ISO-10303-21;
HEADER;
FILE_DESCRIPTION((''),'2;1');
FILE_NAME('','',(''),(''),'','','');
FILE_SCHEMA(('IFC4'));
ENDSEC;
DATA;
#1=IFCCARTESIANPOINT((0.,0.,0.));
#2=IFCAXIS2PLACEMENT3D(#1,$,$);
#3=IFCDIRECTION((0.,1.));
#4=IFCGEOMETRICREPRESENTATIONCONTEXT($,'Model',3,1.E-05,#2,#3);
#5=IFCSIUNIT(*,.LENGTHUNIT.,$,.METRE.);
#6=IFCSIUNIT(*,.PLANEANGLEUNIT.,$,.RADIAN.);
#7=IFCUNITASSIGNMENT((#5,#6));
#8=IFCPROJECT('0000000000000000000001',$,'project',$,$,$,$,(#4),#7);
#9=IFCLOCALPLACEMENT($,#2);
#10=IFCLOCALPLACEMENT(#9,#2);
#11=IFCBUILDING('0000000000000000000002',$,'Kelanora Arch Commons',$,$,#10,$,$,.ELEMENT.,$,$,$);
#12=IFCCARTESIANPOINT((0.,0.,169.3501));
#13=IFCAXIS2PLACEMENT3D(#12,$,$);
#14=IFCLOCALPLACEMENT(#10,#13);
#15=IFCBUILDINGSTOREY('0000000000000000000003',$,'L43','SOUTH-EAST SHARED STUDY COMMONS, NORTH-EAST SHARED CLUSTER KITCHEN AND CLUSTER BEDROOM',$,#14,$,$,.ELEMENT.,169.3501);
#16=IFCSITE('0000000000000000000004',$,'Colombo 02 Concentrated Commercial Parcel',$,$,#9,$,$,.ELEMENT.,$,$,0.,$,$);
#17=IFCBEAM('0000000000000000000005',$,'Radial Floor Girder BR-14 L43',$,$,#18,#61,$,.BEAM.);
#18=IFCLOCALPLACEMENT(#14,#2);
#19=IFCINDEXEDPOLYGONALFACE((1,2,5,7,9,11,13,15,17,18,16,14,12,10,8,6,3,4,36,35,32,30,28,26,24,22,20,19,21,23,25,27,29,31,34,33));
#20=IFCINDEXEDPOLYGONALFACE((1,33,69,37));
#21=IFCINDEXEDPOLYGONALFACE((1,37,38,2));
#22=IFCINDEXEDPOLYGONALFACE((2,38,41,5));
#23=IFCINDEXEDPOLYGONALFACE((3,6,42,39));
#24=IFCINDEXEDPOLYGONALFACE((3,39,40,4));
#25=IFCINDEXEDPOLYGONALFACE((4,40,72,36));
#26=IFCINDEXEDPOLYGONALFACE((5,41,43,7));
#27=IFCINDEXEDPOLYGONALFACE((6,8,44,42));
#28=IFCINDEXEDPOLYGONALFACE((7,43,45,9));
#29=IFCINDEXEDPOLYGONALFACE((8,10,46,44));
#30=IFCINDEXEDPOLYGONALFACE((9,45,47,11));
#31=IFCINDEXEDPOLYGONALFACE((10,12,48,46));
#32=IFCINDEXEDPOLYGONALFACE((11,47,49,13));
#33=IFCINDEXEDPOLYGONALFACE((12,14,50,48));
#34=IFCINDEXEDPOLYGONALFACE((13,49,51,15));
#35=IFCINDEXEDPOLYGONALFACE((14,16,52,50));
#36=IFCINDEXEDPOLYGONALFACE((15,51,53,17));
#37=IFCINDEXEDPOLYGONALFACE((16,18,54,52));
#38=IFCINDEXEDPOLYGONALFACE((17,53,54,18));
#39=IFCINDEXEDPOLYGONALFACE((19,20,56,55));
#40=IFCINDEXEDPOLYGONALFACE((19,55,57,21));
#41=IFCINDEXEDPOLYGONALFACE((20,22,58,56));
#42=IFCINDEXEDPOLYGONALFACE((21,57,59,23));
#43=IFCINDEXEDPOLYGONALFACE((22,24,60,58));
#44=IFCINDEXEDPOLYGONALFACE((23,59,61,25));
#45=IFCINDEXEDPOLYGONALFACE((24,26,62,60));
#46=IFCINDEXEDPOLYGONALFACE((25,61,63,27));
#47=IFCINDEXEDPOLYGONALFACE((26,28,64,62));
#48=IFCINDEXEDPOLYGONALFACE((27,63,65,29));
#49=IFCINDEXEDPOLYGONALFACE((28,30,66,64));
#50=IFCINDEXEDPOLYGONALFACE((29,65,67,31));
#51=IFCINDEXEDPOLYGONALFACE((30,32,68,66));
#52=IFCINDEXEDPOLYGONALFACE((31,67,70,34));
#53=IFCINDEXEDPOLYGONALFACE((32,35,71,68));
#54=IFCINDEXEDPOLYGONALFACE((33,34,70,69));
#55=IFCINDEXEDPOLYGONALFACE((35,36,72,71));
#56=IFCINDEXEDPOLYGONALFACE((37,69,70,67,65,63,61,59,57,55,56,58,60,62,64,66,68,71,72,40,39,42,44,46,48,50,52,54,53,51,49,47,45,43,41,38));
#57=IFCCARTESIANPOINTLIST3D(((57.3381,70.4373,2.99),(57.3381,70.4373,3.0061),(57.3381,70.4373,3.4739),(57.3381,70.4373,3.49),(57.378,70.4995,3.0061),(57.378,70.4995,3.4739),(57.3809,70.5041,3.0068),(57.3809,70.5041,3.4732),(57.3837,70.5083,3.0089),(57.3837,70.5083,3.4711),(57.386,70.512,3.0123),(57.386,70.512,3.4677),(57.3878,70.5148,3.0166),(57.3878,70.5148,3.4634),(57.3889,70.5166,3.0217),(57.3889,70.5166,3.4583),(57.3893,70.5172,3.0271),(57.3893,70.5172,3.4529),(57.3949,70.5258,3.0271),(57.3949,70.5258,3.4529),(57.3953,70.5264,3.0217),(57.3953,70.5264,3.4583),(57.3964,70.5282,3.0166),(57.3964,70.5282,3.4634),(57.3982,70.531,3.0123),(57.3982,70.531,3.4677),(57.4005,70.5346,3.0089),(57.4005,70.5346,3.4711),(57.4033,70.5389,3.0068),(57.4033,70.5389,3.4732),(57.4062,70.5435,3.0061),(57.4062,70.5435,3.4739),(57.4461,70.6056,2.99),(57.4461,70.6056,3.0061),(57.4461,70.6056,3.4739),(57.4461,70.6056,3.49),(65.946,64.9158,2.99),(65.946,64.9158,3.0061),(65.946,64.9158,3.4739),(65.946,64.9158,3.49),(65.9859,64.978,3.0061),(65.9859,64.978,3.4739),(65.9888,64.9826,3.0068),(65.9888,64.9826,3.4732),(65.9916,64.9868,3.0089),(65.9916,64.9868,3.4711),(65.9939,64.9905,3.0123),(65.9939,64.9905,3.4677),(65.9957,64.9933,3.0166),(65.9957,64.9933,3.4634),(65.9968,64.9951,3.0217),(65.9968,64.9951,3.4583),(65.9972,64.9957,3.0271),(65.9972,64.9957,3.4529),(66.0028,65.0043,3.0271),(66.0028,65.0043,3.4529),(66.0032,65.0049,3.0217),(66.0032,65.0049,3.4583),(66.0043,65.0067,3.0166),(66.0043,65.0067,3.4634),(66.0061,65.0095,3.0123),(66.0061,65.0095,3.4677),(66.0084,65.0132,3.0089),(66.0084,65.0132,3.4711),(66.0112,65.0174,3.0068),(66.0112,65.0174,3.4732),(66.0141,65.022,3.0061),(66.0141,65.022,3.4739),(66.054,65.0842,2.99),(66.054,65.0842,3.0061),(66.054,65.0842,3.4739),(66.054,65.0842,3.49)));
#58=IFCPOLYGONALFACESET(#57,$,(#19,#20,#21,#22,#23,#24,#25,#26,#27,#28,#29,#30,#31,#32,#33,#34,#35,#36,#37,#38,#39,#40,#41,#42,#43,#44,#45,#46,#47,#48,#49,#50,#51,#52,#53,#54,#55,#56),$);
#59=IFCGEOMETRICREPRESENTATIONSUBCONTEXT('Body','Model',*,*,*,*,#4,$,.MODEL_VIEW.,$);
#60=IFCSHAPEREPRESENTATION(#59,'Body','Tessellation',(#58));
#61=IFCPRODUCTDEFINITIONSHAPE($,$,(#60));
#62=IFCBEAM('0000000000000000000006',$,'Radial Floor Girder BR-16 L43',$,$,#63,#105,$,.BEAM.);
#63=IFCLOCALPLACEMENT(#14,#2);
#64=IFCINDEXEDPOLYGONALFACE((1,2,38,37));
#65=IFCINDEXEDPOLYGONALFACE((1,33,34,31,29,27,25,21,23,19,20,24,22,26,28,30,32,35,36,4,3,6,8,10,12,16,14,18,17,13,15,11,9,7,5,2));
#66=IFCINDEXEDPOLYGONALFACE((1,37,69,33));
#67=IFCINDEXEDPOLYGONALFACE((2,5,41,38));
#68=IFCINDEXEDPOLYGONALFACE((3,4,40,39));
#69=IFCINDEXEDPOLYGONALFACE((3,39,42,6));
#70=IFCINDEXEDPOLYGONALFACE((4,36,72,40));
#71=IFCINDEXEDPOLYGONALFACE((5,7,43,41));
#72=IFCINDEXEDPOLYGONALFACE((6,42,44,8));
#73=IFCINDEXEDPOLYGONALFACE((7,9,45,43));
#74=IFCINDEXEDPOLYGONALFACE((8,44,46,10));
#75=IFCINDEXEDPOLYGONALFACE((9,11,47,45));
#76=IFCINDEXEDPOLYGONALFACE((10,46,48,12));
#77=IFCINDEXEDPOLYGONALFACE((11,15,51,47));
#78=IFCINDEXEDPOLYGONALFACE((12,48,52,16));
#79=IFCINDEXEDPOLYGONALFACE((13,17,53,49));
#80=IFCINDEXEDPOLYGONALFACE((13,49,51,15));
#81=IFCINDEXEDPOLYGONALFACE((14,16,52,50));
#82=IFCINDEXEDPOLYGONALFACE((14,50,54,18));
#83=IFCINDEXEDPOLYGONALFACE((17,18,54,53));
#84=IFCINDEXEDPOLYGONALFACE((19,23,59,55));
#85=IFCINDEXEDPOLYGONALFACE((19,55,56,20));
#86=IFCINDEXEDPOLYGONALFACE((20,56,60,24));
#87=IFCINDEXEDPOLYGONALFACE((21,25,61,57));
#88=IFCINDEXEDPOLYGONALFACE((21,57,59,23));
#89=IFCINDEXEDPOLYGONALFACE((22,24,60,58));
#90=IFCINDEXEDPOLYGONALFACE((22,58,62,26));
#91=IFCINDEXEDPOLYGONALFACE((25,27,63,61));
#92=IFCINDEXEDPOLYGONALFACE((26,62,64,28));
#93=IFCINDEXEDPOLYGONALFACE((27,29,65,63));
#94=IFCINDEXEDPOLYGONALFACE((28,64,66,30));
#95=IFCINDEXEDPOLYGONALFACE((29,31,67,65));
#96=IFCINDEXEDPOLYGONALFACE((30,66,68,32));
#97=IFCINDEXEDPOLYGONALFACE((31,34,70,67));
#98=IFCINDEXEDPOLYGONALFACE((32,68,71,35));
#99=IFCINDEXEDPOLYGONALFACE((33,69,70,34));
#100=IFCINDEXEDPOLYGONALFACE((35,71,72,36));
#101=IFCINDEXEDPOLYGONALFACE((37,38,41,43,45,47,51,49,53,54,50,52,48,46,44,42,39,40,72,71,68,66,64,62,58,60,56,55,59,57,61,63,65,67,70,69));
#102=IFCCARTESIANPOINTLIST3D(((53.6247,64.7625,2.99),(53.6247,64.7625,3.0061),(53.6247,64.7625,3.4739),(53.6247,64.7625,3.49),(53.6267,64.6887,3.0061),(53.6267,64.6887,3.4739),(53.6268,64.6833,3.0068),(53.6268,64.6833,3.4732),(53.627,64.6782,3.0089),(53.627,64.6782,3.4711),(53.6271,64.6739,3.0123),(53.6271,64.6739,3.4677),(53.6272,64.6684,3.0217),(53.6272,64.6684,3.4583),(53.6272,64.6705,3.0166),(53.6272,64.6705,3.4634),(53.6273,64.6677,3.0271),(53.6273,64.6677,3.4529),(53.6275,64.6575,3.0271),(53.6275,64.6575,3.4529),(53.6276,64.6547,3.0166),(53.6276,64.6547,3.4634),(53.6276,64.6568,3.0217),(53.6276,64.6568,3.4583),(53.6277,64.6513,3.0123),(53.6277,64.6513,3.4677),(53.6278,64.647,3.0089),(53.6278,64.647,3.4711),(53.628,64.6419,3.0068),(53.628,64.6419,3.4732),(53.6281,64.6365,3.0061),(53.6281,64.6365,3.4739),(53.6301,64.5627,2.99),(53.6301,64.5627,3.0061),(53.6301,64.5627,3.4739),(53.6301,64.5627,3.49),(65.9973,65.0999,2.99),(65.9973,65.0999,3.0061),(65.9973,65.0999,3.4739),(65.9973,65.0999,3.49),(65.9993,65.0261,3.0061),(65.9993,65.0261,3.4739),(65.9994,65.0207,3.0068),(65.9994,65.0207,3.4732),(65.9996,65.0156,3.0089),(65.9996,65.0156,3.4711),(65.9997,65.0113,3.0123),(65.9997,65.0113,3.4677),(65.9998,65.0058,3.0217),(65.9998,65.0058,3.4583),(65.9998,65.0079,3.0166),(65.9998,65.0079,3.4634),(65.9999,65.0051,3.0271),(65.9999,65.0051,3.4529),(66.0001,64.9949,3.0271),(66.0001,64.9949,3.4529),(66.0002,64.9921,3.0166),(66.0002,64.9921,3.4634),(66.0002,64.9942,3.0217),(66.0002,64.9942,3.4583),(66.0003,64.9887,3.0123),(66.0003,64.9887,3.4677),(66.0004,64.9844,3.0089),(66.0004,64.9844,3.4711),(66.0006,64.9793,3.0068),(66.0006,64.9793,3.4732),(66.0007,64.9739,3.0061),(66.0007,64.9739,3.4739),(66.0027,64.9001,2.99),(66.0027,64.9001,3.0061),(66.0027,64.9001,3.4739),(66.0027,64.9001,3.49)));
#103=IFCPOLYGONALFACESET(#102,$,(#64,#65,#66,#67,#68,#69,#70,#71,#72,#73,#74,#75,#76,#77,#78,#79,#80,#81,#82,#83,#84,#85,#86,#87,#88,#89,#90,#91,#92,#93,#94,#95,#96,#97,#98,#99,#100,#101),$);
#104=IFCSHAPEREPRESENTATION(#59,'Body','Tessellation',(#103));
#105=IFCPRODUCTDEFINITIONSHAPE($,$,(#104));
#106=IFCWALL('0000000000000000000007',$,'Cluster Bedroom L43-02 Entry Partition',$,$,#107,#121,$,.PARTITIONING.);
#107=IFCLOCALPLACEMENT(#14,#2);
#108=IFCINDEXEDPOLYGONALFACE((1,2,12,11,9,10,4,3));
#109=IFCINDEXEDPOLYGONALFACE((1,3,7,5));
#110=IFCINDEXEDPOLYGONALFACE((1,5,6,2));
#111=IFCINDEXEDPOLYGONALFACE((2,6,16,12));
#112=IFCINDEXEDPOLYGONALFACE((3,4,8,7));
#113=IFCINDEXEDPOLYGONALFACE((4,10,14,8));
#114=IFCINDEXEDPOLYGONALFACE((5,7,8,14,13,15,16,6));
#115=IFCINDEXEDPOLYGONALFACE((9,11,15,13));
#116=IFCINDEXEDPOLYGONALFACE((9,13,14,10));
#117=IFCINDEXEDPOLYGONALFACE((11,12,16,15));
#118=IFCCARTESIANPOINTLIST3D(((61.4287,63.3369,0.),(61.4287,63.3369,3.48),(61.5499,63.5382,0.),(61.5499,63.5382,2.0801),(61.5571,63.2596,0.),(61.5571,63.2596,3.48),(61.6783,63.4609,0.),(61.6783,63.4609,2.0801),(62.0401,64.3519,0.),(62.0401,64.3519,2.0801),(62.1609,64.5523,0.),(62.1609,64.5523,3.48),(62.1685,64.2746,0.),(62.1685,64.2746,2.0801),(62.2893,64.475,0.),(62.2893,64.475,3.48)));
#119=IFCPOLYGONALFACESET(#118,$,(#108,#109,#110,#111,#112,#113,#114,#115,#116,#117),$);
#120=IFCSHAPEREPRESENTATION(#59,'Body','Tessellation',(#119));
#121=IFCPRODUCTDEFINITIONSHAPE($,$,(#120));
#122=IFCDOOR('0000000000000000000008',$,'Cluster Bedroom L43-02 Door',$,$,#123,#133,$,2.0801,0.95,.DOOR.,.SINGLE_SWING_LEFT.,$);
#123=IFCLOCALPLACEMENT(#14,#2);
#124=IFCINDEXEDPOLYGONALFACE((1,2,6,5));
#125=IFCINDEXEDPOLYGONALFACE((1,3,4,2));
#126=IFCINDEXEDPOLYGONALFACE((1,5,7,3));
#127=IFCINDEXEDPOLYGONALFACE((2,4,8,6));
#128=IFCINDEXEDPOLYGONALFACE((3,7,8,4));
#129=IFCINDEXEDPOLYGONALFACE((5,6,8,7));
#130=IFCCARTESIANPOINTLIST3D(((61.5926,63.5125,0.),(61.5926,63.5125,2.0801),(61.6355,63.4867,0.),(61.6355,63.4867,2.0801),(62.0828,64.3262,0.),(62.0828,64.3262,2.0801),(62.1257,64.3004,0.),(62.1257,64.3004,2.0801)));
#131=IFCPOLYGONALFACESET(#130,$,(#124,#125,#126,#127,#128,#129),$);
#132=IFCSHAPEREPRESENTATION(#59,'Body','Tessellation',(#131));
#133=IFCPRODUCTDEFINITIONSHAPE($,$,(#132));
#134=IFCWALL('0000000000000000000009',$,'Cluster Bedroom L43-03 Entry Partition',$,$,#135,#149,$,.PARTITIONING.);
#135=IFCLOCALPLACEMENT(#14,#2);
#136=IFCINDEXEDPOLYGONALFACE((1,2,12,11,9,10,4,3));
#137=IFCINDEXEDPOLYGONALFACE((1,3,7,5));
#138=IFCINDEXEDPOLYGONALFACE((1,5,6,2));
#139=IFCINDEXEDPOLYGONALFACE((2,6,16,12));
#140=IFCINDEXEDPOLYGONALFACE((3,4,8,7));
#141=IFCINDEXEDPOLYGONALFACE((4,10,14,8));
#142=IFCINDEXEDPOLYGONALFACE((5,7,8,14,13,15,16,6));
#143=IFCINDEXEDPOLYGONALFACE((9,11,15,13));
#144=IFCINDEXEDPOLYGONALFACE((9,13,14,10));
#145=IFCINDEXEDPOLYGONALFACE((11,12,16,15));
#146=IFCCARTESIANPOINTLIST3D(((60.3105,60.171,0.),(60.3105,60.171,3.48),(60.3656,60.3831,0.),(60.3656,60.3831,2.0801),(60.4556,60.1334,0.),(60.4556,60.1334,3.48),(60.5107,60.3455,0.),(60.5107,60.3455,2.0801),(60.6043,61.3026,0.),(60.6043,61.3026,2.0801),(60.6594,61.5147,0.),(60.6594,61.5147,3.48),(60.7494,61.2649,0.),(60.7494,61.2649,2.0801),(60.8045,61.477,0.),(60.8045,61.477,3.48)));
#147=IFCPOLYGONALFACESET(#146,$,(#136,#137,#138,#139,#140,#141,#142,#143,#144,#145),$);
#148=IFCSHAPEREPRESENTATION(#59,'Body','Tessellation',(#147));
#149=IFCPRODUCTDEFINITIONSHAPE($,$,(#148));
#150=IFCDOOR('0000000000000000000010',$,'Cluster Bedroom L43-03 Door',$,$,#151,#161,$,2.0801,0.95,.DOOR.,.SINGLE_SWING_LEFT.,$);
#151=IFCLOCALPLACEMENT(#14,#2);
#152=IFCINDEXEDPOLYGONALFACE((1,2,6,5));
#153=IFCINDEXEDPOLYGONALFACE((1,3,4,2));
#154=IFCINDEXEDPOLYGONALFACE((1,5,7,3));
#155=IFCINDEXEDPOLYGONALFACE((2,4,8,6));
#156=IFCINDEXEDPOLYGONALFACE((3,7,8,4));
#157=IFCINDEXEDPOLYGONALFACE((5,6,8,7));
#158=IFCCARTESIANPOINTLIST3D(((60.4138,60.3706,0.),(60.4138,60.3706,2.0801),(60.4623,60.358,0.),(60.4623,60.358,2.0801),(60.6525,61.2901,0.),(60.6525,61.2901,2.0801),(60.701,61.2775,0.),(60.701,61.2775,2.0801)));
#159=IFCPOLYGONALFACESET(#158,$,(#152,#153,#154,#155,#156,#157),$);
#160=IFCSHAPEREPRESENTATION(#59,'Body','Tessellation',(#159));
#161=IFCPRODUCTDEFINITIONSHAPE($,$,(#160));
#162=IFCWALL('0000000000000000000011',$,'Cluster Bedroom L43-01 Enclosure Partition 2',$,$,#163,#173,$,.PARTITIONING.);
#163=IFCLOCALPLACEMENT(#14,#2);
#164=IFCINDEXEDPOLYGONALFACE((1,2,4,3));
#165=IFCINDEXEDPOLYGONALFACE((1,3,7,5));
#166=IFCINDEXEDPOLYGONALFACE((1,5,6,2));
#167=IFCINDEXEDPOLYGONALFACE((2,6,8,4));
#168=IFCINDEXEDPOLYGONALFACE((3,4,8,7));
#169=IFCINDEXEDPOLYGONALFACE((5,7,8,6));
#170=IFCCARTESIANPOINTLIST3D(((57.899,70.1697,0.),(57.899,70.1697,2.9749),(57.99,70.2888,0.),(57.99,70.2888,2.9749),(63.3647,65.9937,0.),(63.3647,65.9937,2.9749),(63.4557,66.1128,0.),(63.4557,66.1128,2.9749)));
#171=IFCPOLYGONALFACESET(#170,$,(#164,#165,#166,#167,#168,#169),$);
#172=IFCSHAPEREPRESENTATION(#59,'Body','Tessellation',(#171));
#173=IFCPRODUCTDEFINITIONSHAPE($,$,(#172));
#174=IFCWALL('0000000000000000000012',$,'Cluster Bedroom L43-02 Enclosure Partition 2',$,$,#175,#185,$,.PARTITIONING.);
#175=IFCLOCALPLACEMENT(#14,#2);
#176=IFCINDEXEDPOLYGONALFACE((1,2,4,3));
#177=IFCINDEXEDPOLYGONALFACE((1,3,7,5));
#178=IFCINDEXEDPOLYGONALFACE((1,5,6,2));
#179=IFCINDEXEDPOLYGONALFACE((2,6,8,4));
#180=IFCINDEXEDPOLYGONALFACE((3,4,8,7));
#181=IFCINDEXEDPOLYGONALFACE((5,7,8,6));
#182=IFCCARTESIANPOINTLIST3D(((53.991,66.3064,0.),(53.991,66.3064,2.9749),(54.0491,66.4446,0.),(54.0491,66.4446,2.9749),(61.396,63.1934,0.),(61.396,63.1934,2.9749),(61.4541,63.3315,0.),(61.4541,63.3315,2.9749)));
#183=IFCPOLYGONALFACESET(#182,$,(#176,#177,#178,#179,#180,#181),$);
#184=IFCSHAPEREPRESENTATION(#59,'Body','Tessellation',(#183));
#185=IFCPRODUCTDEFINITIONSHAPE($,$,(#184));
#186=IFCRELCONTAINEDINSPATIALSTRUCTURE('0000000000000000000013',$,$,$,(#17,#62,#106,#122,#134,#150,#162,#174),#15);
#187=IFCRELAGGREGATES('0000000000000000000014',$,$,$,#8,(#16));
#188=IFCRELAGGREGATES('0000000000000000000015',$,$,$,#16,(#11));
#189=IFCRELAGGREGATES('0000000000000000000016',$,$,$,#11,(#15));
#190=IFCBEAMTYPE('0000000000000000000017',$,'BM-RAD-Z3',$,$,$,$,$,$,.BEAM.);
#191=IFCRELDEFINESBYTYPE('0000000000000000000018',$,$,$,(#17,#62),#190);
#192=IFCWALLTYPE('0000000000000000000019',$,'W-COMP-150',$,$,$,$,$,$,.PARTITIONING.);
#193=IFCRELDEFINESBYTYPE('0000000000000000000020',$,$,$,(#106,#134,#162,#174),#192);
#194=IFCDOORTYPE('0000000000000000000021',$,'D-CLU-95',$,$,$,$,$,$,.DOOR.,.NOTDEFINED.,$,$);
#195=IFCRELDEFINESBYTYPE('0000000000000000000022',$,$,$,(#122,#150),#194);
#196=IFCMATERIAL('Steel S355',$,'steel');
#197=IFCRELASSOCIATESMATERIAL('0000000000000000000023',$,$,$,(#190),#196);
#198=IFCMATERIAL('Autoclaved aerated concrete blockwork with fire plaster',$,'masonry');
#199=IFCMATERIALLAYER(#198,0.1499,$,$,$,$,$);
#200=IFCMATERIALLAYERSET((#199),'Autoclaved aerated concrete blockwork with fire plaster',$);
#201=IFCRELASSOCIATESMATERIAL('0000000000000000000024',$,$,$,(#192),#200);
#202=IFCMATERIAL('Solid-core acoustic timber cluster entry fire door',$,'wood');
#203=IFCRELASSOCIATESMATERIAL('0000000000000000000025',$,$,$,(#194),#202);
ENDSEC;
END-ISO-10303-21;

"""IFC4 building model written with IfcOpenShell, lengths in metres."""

from ifc_helpers import new_model, si_unit, direction, frame, frame_2d, origin, origin_2d, place, context, subcontext, project, spatial, rectangle, i_section, extrude, material, layer, layer_set, material_profile, profile_set, type_object, element, fill, save


model = new_model("IFC4")

# Units and contexts
model_context = context("Model", 3, precision=1e-05, world=origin(), true_north=direction((0.0, 1.0)))
body_context = subcontext(model_context, "Body", "Model", "MODEL_VIEW")
ifc_project = project(units=[si_unit("LENGTHUNIT", "METRE"), si_unit("PLANEANGLEUNIT", "RADIAN")], contexts=[model_context])

# Site, building, storey
site_placement = place(None, origin())
site = spatial("IfcSite", under=ifc_project, at=site_placement, Name="Colombo 02 Concentrated Commercial Parcel", CompositionType="ELEMENT", RefElevation=0.0)
building_placement = place(site_placement, origin())
building = spatial("IfcBuilding", under=site, at=building_placement, Name="Kelanora Arch Commons", CompositionType="ELEMENT")
storey_placement = place(building_placement, frame((0.0, 0.0, 169.3501)))
storey = spatial("IfcBuildingStorey", under=building, at=storey_placement, Name="L43", Description="SOUTH-EAST SHARED STUDY COMMONS, NORTH-EAST SHARED CLUSTER KITCHEN AND CLUSTER BEDROOM", CompositionType="ELEMENT", Elevation=169.3501)

# Beams
ifc_material_1 = material(Name="Steel S355", Category="steel")
ifc_material_profile_1 = material_profile(ifc_material_1, i_section(OverallWidth=0.2, OverallDepth=0.5, WebThickness=0.0103, FlangeThickness=0.0161, FilletRadius=0.021, at=origin_2d()), Name="IPE500")
ifc_profile_set_1 = profile_set([ifc_material_profile_1], Name="Steel S355")
beam_type_1 = type_object("IfcBeamType", Name="BM-RAD-Z3", PredefinedType="BEAM", material=ifc_profile_set_1)
beam_1_placement = place(storey_placement, frame((66.0, 65.0, 3.24), z_axis=(-0.841719, 0.539915, 0.0), x_axis=(-0.539915, -0.841719, 0.0)))
element("IfcBeam", 1, at=beam_1_placement, inside=storey, type_object=beam_type_1, Name="Radial Floor Girder BR-14 L43", PredefinedType="BEAM", context=body_context, shape_type="SweptSolid", body=[
    extrude(i_section(OverallWidth=0.2, OverallDepth=0.5, WebThickness=0.0103, FlangeThickness=0.0161, FilletRadius=0.021, at=origin_2d()), origin(), (0.0, 0.0, 1.0), 10.2266),
])
beam_2_placement = place(storey_placement, frame((66.0, 65.0, 3.24), z_axis=(-0.999628, -0.02726, 0.0), x_axis=(0.02726, -0.999628, 0.0)))
element("IfcBeam", 2, at=beam_2_placement, inside=storey, type_object=beam_type_1, Name="Radial Floor Girder BR-16 L43", PredefinedType="BEAM", context=body_context, shape_type="SweptSolid", body=[
    extrude(i_section(OverallWidth=0.2, OverallDepth=0.5, WebThickness=0.0103, FlangeThickness=0.0161, FilletRadius=0.021, at=origin_2d()), origin(), (0.0, 0.0, 1.0), 12.3772),
])

# Walls, openings, doors
ifc_material_2 = material(Name="Autoclaved aerated concrete blockwork with fire plaster", Category="masonry")
ifc_layer_1 = layer(ifc_material_2, 0.1499)
ifc_layer_set_1 = layer_set([ifc_layer_1], Name="Autoclaved aerated concrete blockwork with fire plaster")
wall_type_1 = type_object("IfcWallType", Name="W-COMP-150", PredefinedType="PARTITIONING", material=ifc_layer_set_1)
wall_1_placement = place(storey_placement, frame((62.2251, 64.5137, 0.0), z_axis=(0.0, 0.0, 1.0), x_axis=(-0.516038, -0.856565, 0.0)))
wall_1 = element("IfcWall", 3, at=wall_1_placement, inside=storey, type_object=wall_type_1, Name="Cluster Bedroom L43-02 Entry Partition", PredefinedType="PARTITIONING", context=body_context, shape_type="SweptSolid", body=[
    extrude(rectangle(XDim=1.4189, YDim=0.1499, at=frame_2d((0.7095, 0.0))), origin(), (0.0, 0.0, 1.0), 3.48),
])
opening_1_placement = place(wall_1_placement, frame((0.2339, 0.0, 0.0)))
opening_1 = element("IfcOpeningElement", 4, at=opening_1_placement, cuts=wall_1, PredefinedType="OPENING", context=body_context, shape_type="SweptSolid", body=[
    extrude(rectangle(XDim=0.95, YDim=2.0801, at=frame_2d((0.4751, 1.04))), frame((0.0, 0.085, 0.0), z_axis=(0.0, -1.0, 0.0), x_axis=(1.0, 0.0, 0.0)), (0.0, 0.0, 1.0), 0.1699),
])
ifc_material_3 = material(Name="Solid-core acoustic timber cluster entry fire door", Category="wood")
door_type_1 = type_object("IfcDoorType", Name="D-CLU-95", OperationType="NOTDEFINED", PredefinedType="DOOR", material=ifc_material_3)
door_1_placement = place(opening_1_placement, origin())
door_1 = element("IfcDoor", 5, at=door_1_placement, inside=storey, type_object=door_type_1, Name="Cluster Bedroom L43-02 Door", OperationType="SINGLE_SWING_LEFT", OverallHeight=2.0801, OverallWidth=0.95, PredefinedType="DOOR", context=body_context, shape_type="SweptSolid", body=[
    extrude(rectangle(XDim=0.95, YDim=2.0801, at=frame_2d((0.4751, 1.04))), frame((0.0, 0.0249, 0.0), z_axis=(0.0, -1.0, 0.0), x_axis=(1.0, 0.0, 0.0)), (0.0, 0.0, 1.0), 0.05),
])
fill(opening_1, door_1)
wall_2_placement = place(storey_placement, frame((60.7319, 61.4958, 0.0), z_axis=(0.0, 0.0, 1.0), x_axis=(-0.251298, -0.96791, 0.0)))
wall_2 = element("IfcWall", 6, at=wall_2_placement, inside=storey, type_object=wall_type_1, Name="Cluster Bedroom L43-03 Entry Partition", PredefinedType="PARTITIONING", context=body_context, shape_type="SweptSolid", body=[
    extrude(rectangle(XDim=1.3882, YDim=0.1499, at=frame_2d((0.6941, 0.0))), origin(), (0.0, 0.0, 1.0), 3.48),
])
opening_2_placement = place(wall_2_placement, frame((0.219, 0.0, 0.0)))
opening_2 = element("IfcOpeningElement", 7, at=opening_2_placement, cuts=wall_2, PredefinedType="OPENING", context=body_context, shape_type="SweptSolid", body=[
    extrude(rectangle(XDim=0.95, YDim=2.0801, at=frame_2d((0.4751, 1.04))), frame((0.0, 0.085, 0.0), z_axis=(0.0, -1.0, 0.0), x_axis=(1.0, 0.0, 0.0)), (0.0, 0.0, 1.0), 0.1699),
])
door_2_placement = place(opening_2_placement, origin())
door_2 = element("IfcDoor", 8, at=door_2_placement, inside=storey, type_object=door_type_1, Name="Cluster Bedroom L43-03 Door", OperationType="SINGLE_SWING_LEFT", OverallHeight=2.0801, OverallWidth=0.95, PredefinedType="DOOR", context=body_context, shape_type="SweptSolid", body=[
    extrude(rectangle(XDim=0.95, YDim=2.0801, at=frame_2d((0.4751, 1.04))), frame((0.0, 0.0249, 0.0), z_axis=(0.0, -1.0, 0.0), x_axis=(1.0, 0.0, 0.0)), (0.0, 0.0, 1.0), 0.05),
])
fill(opening_2, door_2)

# Walls
wall_3_placement = place(storey_placement, frame((63.4102, 66.0532, 0.0), z_axis=(0.0, 0.0, 1.0), x_axis=(-0.794606, 0.607126, 0.0)))
element("IfcWall", 9, at=wall_3_placement, inside=storey, type_object=wall_type_1, Name="Cluster Bedroom L43-01 Enclosure Partition 2", PredefinedType="PARTITIONING", context=body_context, shape_type="SweptSolid", body=[
    extrude(rectangle(XDim=6.8784, YDim=0.1499, at=frame_2d((3.4392, 0.0))), origin(), (0.0, 0.0, 1.0), 2.9749),
])
wall_4_placement = place(storey_placement, frame((61.425, 63.2625, 0.0), z_axis=(0.0, 0.0, 1.0), x_axis=(-0.921852, 0.387542, 0.0)))
element("IfcWall", 10, at=wall_4_placement, inside=storey, type_object=wall_type_1, Name="Cluster Bedroom L43-02 Enclosure Partition 2", PredefinedType="PARTITIONING", context=body_context, shape_type="SweptSolid", body=[
    extrude(rectangle(XDim=8.0327, YDim=0.1499, at=frame_2d((4.0164, 0.0))), origin(), (0.0, 0.0, 1.0), 2.9749),
])

save(model, "model.ifc")
